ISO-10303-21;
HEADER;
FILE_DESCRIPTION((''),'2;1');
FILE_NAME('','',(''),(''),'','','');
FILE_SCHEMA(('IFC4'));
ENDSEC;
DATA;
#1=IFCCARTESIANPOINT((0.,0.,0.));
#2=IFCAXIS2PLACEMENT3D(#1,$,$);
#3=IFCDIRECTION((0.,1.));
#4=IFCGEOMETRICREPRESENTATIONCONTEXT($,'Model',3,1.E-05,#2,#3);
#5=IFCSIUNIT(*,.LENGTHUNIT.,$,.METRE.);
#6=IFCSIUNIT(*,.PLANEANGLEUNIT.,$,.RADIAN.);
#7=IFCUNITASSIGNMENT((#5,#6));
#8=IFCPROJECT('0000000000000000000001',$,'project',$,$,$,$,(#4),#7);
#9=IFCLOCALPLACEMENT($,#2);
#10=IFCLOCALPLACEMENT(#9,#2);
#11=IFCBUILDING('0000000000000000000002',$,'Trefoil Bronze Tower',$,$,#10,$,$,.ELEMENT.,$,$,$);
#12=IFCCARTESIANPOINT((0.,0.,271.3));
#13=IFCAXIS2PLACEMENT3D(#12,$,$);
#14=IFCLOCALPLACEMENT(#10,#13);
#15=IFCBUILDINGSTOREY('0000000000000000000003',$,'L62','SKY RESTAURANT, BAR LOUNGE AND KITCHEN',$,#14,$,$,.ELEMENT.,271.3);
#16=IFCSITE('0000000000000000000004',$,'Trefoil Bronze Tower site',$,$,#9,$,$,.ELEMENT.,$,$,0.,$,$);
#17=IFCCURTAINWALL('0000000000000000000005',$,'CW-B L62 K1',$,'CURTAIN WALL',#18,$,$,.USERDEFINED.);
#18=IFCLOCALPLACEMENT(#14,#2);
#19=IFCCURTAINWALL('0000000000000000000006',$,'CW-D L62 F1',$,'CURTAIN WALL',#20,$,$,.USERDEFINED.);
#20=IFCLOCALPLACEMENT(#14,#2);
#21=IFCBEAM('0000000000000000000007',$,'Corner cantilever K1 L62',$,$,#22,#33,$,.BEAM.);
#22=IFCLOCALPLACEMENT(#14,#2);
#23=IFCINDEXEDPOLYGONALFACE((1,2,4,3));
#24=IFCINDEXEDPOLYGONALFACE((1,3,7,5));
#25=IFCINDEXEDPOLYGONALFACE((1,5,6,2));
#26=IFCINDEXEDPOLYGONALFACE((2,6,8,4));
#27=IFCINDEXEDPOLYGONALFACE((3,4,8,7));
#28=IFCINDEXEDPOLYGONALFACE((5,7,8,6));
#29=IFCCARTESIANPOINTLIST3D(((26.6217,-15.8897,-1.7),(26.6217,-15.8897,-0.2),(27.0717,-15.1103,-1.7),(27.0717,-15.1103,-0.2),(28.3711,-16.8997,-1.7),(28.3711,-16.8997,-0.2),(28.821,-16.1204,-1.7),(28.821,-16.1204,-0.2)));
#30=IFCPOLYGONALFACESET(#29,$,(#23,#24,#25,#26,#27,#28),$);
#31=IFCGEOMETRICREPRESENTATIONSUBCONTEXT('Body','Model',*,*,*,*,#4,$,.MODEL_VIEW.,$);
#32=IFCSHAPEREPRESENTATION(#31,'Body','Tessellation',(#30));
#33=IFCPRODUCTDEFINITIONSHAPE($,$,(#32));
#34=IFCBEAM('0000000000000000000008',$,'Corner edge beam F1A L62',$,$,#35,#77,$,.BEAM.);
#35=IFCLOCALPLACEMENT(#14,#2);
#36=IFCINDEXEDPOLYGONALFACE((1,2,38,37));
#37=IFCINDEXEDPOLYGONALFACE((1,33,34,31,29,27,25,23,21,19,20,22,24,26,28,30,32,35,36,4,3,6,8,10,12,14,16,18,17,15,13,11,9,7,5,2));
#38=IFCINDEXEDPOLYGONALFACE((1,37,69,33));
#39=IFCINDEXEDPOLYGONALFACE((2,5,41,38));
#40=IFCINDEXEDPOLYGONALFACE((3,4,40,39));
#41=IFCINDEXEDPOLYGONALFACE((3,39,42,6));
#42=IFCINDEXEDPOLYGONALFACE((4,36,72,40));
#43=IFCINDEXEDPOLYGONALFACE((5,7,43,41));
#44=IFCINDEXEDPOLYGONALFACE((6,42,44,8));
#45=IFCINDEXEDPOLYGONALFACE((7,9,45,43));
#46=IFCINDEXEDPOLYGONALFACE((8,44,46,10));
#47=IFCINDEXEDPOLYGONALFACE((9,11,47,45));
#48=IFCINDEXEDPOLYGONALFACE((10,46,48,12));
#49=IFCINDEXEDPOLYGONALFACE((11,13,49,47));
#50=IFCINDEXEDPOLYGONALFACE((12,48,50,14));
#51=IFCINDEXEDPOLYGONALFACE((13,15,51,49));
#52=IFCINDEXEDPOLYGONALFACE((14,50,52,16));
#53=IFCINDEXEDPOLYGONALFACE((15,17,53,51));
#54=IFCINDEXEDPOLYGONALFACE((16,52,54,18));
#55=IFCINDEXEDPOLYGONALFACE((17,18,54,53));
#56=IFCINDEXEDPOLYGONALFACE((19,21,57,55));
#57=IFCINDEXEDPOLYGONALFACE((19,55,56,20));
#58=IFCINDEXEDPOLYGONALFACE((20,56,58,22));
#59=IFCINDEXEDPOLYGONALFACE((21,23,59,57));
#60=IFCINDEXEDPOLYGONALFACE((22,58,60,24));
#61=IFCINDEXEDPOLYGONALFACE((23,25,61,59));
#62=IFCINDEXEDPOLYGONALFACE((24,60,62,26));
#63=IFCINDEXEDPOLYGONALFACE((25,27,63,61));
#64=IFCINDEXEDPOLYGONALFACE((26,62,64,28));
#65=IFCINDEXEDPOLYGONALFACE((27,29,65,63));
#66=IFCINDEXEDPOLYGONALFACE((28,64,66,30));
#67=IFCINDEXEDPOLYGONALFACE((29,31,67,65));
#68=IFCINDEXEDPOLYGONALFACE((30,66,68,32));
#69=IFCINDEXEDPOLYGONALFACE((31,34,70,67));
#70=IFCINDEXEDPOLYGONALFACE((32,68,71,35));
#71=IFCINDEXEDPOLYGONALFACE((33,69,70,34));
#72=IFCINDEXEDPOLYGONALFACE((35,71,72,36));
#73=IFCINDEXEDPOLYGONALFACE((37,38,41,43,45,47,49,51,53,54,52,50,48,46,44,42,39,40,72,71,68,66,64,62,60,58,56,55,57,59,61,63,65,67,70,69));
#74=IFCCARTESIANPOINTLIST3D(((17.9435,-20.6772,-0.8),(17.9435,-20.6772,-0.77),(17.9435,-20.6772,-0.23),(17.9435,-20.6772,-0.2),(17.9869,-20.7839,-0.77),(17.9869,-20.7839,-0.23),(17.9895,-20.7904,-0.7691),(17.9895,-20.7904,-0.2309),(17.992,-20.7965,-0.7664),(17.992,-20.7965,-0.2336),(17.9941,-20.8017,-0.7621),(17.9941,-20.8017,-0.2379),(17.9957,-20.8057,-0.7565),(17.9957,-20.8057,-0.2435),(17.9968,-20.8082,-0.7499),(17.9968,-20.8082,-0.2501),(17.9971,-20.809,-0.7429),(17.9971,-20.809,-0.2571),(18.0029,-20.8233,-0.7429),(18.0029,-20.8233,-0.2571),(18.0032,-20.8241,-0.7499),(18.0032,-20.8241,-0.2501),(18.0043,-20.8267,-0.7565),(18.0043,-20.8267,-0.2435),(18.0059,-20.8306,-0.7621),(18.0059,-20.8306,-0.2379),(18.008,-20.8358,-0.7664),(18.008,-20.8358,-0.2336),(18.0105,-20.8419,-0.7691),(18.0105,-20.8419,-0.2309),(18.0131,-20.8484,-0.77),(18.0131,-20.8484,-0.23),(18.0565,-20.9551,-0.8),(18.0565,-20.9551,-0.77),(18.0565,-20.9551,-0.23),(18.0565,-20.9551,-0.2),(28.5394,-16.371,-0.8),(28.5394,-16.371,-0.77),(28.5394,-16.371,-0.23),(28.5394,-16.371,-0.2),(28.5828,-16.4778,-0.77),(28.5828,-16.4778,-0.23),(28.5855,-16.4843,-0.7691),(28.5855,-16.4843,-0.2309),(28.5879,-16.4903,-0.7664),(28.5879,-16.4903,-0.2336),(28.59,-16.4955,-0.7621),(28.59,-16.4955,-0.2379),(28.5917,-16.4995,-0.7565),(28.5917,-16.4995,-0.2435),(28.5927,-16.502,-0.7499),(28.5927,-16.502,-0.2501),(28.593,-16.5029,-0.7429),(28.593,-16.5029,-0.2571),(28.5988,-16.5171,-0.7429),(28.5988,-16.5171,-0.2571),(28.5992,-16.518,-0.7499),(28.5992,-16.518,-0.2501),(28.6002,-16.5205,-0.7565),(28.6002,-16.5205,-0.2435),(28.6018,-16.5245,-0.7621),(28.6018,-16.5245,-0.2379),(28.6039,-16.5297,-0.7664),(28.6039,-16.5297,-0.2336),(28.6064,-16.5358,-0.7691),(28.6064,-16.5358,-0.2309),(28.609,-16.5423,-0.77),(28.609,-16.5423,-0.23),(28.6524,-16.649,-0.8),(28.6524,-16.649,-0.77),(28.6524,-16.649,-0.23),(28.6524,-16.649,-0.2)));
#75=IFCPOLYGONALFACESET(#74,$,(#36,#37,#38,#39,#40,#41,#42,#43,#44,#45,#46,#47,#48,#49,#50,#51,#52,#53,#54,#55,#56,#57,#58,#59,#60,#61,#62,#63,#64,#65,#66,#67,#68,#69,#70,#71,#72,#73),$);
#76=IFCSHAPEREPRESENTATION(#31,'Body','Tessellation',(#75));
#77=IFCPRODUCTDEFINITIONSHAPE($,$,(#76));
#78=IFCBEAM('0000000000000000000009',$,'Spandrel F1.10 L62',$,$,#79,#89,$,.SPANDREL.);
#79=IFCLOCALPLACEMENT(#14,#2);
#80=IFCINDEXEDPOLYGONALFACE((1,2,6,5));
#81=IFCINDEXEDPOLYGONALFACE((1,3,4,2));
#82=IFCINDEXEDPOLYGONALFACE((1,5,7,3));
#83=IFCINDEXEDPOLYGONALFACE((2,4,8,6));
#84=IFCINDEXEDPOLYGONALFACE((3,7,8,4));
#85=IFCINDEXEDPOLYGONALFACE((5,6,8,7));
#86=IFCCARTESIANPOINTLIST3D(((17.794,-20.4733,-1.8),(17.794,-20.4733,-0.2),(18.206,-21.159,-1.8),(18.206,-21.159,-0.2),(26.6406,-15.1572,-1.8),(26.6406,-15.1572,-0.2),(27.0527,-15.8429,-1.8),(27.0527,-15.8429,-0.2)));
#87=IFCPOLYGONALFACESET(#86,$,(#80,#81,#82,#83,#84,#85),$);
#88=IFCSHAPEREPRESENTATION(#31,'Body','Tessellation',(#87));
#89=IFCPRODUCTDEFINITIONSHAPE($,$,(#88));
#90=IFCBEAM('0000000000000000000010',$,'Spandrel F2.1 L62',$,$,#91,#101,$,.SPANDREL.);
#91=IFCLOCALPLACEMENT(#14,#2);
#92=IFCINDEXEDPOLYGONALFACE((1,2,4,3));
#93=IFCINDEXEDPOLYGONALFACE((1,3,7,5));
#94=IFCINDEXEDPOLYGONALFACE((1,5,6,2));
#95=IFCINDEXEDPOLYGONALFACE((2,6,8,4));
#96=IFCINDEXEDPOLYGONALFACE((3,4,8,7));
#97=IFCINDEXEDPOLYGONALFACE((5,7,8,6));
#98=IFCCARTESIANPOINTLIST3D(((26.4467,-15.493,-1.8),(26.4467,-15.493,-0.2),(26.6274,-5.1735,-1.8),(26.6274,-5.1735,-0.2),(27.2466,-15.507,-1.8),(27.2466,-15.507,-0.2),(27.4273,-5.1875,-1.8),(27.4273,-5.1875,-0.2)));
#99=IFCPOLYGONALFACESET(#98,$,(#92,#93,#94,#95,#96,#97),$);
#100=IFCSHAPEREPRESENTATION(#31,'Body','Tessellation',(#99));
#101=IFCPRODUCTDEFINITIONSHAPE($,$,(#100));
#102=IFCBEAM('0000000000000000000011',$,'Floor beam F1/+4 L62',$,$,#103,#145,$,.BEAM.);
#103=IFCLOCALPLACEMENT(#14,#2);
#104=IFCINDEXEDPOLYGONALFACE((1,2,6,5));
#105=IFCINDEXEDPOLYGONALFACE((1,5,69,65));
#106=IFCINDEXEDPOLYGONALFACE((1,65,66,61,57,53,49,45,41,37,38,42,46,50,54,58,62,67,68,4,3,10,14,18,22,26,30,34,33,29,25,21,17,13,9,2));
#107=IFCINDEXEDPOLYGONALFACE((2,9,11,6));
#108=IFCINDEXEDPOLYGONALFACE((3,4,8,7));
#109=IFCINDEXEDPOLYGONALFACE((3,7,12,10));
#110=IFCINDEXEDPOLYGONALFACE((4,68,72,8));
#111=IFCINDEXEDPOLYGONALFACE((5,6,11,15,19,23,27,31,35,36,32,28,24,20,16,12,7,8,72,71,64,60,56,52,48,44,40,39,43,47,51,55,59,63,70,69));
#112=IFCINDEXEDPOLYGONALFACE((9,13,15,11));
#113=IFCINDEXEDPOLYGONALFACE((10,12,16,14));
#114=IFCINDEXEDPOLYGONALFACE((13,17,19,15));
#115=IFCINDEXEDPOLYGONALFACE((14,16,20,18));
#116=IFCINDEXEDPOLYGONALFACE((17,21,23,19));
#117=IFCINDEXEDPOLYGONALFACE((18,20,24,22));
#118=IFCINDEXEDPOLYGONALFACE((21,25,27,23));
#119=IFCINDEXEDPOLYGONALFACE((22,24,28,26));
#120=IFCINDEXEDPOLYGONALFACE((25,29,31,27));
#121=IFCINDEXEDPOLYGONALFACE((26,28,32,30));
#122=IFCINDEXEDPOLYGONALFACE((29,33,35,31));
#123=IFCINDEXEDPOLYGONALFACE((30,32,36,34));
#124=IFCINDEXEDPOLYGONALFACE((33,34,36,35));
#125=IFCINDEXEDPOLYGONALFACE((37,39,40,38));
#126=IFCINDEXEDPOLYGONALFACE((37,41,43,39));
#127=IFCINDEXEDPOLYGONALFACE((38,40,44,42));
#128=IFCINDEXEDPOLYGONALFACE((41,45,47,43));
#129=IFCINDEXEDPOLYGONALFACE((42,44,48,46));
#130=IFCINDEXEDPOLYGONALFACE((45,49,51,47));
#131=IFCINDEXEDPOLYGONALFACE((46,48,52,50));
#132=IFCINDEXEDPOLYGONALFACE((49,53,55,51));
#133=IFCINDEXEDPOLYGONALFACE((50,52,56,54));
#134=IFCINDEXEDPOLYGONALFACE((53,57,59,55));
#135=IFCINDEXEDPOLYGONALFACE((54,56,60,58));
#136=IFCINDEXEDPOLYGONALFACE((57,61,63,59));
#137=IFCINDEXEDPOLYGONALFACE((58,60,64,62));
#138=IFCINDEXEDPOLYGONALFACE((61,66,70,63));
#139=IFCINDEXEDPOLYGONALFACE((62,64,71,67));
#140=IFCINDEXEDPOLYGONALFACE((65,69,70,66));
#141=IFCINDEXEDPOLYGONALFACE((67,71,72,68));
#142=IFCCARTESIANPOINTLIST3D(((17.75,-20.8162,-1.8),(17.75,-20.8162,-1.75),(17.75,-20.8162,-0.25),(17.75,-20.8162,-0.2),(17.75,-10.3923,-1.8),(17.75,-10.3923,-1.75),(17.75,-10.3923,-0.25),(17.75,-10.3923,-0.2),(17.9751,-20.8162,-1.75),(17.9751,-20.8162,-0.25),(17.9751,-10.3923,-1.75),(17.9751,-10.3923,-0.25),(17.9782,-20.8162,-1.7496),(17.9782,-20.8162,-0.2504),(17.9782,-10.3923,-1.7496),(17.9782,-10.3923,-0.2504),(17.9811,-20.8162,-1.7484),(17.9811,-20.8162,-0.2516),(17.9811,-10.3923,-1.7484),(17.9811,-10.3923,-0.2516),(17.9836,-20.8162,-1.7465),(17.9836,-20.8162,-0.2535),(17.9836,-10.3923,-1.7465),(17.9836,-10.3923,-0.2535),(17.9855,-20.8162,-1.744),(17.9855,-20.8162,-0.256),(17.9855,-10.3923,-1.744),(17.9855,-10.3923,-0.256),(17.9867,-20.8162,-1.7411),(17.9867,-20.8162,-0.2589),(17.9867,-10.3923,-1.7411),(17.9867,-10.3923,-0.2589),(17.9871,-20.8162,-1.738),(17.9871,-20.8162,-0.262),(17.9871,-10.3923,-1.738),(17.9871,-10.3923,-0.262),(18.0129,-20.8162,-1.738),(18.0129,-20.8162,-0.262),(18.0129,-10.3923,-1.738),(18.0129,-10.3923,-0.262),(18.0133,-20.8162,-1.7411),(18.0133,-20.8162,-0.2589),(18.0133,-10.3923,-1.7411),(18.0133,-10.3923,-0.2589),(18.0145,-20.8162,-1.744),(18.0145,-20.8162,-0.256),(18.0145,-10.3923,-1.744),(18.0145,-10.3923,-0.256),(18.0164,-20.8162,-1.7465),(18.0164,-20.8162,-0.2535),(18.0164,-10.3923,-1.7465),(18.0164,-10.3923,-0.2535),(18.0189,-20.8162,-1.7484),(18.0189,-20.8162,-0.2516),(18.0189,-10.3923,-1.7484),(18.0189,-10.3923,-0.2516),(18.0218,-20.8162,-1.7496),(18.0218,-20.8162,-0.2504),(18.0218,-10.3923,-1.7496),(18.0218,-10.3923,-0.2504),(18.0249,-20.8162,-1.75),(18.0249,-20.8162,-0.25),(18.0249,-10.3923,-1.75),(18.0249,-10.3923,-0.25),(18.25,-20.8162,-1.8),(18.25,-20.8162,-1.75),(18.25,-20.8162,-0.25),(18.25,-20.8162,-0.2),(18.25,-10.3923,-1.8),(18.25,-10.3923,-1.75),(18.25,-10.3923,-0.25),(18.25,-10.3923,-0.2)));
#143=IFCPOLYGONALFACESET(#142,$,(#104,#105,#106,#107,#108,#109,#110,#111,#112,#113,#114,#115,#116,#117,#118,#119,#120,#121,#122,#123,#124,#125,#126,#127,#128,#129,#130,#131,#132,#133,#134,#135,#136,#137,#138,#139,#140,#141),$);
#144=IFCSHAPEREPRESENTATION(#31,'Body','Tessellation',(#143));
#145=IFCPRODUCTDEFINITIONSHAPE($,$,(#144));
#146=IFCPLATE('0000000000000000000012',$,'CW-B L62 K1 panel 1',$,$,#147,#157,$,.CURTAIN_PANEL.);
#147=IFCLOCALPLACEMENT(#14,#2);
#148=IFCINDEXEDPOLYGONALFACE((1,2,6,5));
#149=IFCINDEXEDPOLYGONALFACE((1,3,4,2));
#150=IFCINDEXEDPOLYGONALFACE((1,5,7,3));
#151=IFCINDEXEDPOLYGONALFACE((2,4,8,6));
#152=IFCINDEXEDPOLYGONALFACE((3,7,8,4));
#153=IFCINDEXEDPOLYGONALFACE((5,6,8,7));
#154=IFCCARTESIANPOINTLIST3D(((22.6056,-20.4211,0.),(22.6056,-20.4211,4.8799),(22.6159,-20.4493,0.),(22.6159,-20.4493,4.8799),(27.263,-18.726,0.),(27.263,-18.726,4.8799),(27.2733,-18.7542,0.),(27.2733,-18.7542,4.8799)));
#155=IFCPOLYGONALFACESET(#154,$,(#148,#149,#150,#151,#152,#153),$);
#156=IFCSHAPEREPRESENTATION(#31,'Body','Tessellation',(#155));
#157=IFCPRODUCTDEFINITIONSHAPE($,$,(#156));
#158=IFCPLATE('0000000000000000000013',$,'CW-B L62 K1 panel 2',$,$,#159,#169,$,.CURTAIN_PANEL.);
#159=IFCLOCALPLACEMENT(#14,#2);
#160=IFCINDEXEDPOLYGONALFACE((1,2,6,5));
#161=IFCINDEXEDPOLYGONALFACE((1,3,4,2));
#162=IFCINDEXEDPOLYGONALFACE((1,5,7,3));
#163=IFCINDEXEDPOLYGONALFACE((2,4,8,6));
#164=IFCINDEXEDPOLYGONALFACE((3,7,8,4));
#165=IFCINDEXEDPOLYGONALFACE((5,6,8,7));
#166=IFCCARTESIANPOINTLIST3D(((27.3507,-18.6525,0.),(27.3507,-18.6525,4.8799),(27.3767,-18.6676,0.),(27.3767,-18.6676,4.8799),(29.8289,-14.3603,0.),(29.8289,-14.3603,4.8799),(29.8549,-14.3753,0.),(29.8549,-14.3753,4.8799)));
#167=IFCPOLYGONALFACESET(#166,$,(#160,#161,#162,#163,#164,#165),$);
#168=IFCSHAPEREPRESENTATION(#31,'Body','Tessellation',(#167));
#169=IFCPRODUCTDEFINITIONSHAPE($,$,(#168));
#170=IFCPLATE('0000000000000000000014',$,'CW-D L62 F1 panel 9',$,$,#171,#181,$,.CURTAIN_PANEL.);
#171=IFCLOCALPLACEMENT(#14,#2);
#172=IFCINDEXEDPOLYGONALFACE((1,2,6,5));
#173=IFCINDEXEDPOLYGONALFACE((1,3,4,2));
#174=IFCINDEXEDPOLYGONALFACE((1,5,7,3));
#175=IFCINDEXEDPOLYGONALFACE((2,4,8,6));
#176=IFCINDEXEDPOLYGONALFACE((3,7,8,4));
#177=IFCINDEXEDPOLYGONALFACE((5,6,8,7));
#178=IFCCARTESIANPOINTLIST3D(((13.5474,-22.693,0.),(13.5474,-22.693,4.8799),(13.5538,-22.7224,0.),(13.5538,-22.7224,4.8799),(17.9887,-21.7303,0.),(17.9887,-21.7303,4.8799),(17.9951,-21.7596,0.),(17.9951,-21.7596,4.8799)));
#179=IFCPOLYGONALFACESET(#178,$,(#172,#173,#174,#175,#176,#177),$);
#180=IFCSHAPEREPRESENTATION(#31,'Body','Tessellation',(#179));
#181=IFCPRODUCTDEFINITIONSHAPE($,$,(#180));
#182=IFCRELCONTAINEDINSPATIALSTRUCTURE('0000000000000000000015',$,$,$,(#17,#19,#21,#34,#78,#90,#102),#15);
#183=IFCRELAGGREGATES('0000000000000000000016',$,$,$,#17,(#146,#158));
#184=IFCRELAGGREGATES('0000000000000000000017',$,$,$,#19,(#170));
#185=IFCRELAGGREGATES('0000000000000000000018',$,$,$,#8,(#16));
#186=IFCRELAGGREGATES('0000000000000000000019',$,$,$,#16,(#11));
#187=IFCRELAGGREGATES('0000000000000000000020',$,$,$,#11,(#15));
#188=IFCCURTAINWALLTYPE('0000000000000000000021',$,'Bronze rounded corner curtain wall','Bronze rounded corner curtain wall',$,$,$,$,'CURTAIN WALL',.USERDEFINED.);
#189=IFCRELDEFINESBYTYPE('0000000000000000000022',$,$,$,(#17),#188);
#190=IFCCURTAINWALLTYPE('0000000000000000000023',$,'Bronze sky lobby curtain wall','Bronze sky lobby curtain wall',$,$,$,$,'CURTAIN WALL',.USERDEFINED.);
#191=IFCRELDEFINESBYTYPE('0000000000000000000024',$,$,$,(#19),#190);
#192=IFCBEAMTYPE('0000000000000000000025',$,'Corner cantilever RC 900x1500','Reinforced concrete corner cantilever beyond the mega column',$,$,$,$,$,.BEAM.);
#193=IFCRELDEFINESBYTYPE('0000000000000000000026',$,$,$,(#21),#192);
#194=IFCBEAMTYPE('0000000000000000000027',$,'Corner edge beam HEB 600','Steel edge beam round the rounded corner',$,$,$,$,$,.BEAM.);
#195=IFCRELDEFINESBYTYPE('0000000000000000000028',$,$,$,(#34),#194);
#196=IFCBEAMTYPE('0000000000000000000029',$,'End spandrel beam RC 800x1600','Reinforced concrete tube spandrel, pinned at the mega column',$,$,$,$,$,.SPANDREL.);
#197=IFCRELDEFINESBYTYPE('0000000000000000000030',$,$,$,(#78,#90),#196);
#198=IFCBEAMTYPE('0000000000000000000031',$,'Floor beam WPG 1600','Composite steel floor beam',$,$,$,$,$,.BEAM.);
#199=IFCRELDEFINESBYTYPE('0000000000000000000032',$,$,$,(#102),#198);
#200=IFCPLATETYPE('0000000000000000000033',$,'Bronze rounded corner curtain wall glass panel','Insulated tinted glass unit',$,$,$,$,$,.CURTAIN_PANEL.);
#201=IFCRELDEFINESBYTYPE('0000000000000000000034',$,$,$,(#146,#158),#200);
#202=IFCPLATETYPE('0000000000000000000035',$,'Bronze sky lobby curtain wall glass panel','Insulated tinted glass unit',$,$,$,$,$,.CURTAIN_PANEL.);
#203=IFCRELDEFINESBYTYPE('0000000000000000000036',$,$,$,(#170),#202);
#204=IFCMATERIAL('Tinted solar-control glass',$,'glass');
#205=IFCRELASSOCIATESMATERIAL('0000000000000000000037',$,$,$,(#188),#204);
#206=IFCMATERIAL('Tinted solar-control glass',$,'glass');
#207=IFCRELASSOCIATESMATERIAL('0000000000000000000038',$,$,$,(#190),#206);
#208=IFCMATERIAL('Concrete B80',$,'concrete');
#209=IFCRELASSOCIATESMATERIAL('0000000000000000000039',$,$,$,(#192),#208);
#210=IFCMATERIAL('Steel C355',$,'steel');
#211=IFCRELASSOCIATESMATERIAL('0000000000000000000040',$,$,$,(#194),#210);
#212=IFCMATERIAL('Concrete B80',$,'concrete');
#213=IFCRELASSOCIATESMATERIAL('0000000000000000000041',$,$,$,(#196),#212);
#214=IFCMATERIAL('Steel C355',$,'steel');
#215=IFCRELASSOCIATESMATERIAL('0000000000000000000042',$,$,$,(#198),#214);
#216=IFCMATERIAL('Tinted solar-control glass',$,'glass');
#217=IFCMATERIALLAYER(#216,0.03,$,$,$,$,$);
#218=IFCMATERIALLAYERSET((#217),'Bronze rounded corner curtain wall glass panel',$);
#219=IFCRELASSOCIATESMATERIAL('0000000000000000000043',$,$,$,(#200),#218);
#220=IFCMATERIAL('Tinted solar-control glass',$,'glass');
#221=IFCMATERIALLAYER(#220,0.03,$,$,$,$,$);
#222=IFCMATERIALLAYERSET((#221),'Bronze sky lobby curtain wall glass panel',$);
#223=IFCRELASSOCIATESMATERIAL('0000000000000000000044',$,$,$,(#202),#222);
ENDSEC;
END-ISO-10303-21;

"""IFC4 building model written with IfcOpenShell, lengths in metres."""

from ifc_helpers import new_model, si_unit, direction, frame, origin, origin_2d, place, context, subcontext, project, spatial, rectangle, i_section, extrude, material, layer, layer_set, material_profile, profile_set, type_object, element, aggregate, save


model = new_model("IFC4")

# Units and contexts
model_context = context("Model", 3, precision=1e-05, world=origin(), true_north=direction((0.0, 1.0)))
body_context = subcontext(model_context, "Body", "Model", "MODEL_VIEW")
ifc_project = project(units=[si_unit("LENGTHUNIT", "METRE"), si_unit("PLANEANGLEUNIT", "RADIAN")], contexts=[model_context])

# Site, building, storey
site_placement = place(None, origin())
site = spatial("IfcSite", under=ifc_project, at=site_placement, Name="Trefoil Bronze Tower site", CompositionType="ELEMENT", RefElevation=0.0)
building_placement = place(site_placement, origin())
building = spatial("IfcBuilding", under=site, at=building_placement, Name="Trefoil Bronze Tower", CompositionType="ELEMENT")
storey_placement = place(building_placement, frame((0.0, 0.0, 271.3)))
storey = spatial("IfcBuildingStorey", under=building, at=storey_placement, Name="L62", Description="SKY RESTAURANT, BAR LOUNGE AND KITCHEN", CompositionType="ELEMENT", Elevation=271.3)

# Curtain walls
ifc_material_1 = material(Name="Tinted solar-control glass", Category="glass")
curtain_wall_type_1 = type_object("IfcCurtainWallType", Name="Bronze rounded corner curtain wall", Description="Bronze rounded corner curtain wall", ElementType="CURTAIN WALL", PredefinedType="USERDEFINED", material=ifc_material_1)
curtain_wall_1_placement = place(storey_placement, origin())
curtain_wall_1 = element("IfcCurtainWall", 1, at=curtain_wall_1_placement, inside=storey, type_object=curtain_wall_type_1, Name="CW-B L62 K1", ObjectType="CURTAIN WALL", PredefinedType="USERDEFINED")
ifc_material_2 = material(Name="Tinted solar-control glass", Category="glass")
curtain_wall_type_2 = type_object("IfcCurtainWallType", Name="Bronze sky lobby curtain wall", Description="Bronze sky lobby curtain wall", ElementType="CURTAIN WALL", PredefinedType="USERDEFINED", material=ifc_material_2)
curtain_wall_2_placement = place(storey_placement, origin())
curtain_wall_2 = element("IfcCurtainWall", 2, at=curtain_wall_2_placement, inside=storey, type_object=curtain_wall_type_2, Name="CW-D L62 F1", ObjectType="CURTAIN WALL", PredefinedType="USERDEFINED")

# Beams
ifc_material_3 = material(Name="Concrete B80", Category="concrete")
ifc_material_profile_1 = material_profile(ifc_material_3, rectangle(XDim=0.8999, YDim=1.5, at=origin_2d()), Name="RC 900x1500")
ifc_profile_set_1 = profile_set([ifc_material_profile_1], Name="Concrete B80")
beam_type_1 = type_object("IfcBeamType", Name="Corner cantilever RC 900x1500", Description="Reinforced concrete corner cantilever beyond the mega column", PredefinedType="BEAM", material=ifc_profile_set_1)
beam_1_placement = place(storey_placement, frame((26.8467, -15.5, -0.95), z_axis=(0.86601, -0.500026, 0.0), x_axis=(0.500026, 0.86601, 0.0)))
element("IfcBeam", 3, at=beam_1_placement, inside=storey, type_object=beam_type_1, Name="Corner cantilever K1 L62", PredefinedType="BEAM", context=body_context, shape_type="SweptSolid", body=[
    extrude(rectangle(XDim=0.8999, YDim=1.5, at=origin_2d()), origin(), (0.0, 0.0, 1.0), 2.02),
])
ifc_material_4 = material(Name="Steel C355", Category="steel")
ifc_material_profile_2 = material_profile(ifc_material_4, i_section(OverallWidth=0.3, OverallDepth=0.6001, WebThickness=0.0154, FlangeThickness=0.03, FilletRadius=0.0271, at=origin_2d()), Name="HEB 600")
ifc_profile_set_2 = profile_set([ifc_material_profile_2], Name="Steel C355")
beam_type_2 = type_object("IfcBeamType", Name="Corner edge beam HEB 600", Description="Steel edge beam round the rounded corner", PredefinedType="BEAM", material=ifc_profile_set_2)
beam_2_placement = place(storey_placement, frame((18.0, -20.8162, -0.5), z_axis=(0.926419, 0.376493, 0.0), x_axis=(-0.376493, 0.926419, 0.0)))
element("IfcBeam", 4, at=beam_2_placement, inside=storey, type_object=beam_type_2, Name="Corner edge beam F1A L62", PredefinedType="BEAM", context=body_context, shape_type="SweptSolid", body=[
    extrude(i_section(OverallWidth=0.3, OverallDepth=0.6001, WebThickness=0.0154, FlangeThickness=0.03, FilletRadius=0.0271, at=origin_2d()), origin(), (0.0, 0.0, 1.0), 11.4375),
])
ifc_material_5 = material(Name="Concrete B80", Category="concrete")
ifc_material_profile_3 = material_profile(ifc_material_5, rectangle(XDim=0.8, YDim=1.6001, at=origin_2d()), Name="RC 800x1600")
ifc_profile_set_3 = profile_set([ifc_material_profile_3], Name="Concrete B80")
beam_type_3 = type_object("IfcBeamType", Name="End spandrel beam RC 800x1600", Description="Reinforced concrete tube spandrel, pinned at the mega column", PredefinedType="SPANDREL", material=ifc_profile_set_3)
for number, where, z_axis, x_axis, name in (
    (5, (18.0, -20.8162, -1.0), (0.857144, 0.515077, 0.0), (-0.515077, 0.857144, 0.0), "Spandrel F1.10 L62"),
    (6, (26.8467, -15.5, -1.0), (0.017504, 0.999847, 0.0), (-0.999847, 0.017504, 0.0), "Spandrel F2.1 L62"),
):
    element("IfcBeam", number, at=place(storey_placement, frame(where, z_axis=z_axis, x_axis=x_axis)), inside=storey, type_object=beam_type_3, Name=name, PredefinedType="SPANDREL", context=body_context, shape_type="SweptSolid", body=[
        extrude(rectangle(XDim=0.8, YDim=1.6001, at=origin_2d()), origin(), (0.0, 0.0, 1.0), 10.321),
    ])
ifc_material_6 = material(Name="Steel C355", Category="steel")
ifc_material_profile_4 = material_profile(ifc_material_6, i_section(OverallWidth=0.5, OverallDepth=1.6001, WebThickness=0.0259, FlangeThickness=0.05, FilletRadius=0.012, at=origin_2d()), Name="WPG 1600")
ifc_profile_set_4 = profile_set([ifc_material_profile_4], Name="Steel C355")
beam_type_4 = type_object("IfcBeamType", Name="Floor beam WPG 1600", Description="Composite steel floor beam", PredefinedType="BEAM", material=ifc_profile_set_4)
beam_3_placement = place(storey_placement, frame((18.0, -20.8162, -1.0), z_axis=(0.0, 1.0, 0.0), x_axis=(-1.0, 0.0, 0.0)))
element("IfcBeam", 7, at=beam_3_placement, inside=storey, type_object=beam_type_4, Name="Floor beam F1/+4 L62", PredefinedType="BEAM", context=body_context, shape_type="SweptSolid", body=[
    extrude(i_section(OverallWidth=0.5, OverallDepth=1.6001, WebThickness=0.0259, FlangeThickness=0.05, FilletRadius=0.012, at=origin_2d()), origin(), (0.0, 0.0, 1.0), 10.4238),
])

# Plates
ifc_material_7 = material(Name="Tinted solar-control glass", Category="glass")
ifc_layer_1 = layer(ifc_material_7, 0.03)
ifc_layer_set_1 = layer_set([ifc_layer_1], Name="Bronze rounded corner curtain wall glass panel")
plate_type_1 = type_object("IfcPlateType", Name="Bronze rounded corner curtain wall glass panel", Description="Insulated tinted glass unit", PredefinedType="CURTAIN_PANEL", material=ifc_layer_set_1)
plate_1_placement = place(storey_placement, frame((24.9395, -19.5876, 0.0), z_axis=(0.0, 0.0, 1.0), x_axis=(0.939693, 0.34202, 0.0)))
plate_1 = element("IfcPlate", 8, at=plate_1_placement, type_object=plate_type_1, Name="CW-B L62 K1 panel 1", PredefinedType="CURTAIN_PANEL", context=body_context, shape_type="SweptSolid", body=[
    extrude(rectangle(XDim=4.9563, YDim=0.03, at=origin_2d()), origin(), (0.0, 0.0, 1.0), 4.8799),
])
plate_2_placement = place(storey_placement, frame((28.6028, -16.5139, 0.0), z_axis=(0.0, 0.0, 1.0), x_axis=(0.5, 0.866025, 0.0)))
plate_2 = element("IfcPlate", 9, at=plate_2_placement, type_object=plate_type_1, Name="CW-B L62 K1 panel 2", PredefinedType="CURTAIN_PANEL", context=body_context, shape_type="SweptSolid", body=[
    extrude(rectangle(XDim=4.9563, YDim=0.03, at=origin_2d()), origin(), (0.0, 0.0, 1.0), 4.8799),
])
aggregate(curtain_wall_1, [plate_1, plate_2])
ifc_material_8 = material(Name="Tinted solar-control glass", Category="glass")
ifc_layer_2 = layer(ifc_material_8, 0.03)
ifc_layer_set_2 = layer_set([ifc_layer_2], Name="Bronze sky lobby curtain wall glass panel")
plate_type_2 = type_object("IfcPlateType", Name="Bronze sky lobby curtain wall glass panel", Description="Insulated tinted glass unit", PredefinedType="CURTAIN_PANEL", material=ifc_layer_set_2)
plate_3_placement = place(storey_placement, frame((15.7712, -22.2263, 0.0), z_axis=(0.0, 0.0, 1.0), x_axis=(0.977303, 0.211846, 0.0)))
plate_3 = element("IfcPlate", 10, at=plate_3_placement, type_object=plate_type_2, Name="CW-D L62 F1 panel 9", PredefinedType="CURTAIN_PANEL", context=body_context, shape_type="SweptSolid", body=[
    extrude(rectangle(XDim=4.5444, YDim=0.03, at=origin_2d()), origin(), (0.0, 0.0, 1.0), 4.8799),
])
aggregate(curtain_wall_2, [plate_3])

save(model, "model.ifc")
